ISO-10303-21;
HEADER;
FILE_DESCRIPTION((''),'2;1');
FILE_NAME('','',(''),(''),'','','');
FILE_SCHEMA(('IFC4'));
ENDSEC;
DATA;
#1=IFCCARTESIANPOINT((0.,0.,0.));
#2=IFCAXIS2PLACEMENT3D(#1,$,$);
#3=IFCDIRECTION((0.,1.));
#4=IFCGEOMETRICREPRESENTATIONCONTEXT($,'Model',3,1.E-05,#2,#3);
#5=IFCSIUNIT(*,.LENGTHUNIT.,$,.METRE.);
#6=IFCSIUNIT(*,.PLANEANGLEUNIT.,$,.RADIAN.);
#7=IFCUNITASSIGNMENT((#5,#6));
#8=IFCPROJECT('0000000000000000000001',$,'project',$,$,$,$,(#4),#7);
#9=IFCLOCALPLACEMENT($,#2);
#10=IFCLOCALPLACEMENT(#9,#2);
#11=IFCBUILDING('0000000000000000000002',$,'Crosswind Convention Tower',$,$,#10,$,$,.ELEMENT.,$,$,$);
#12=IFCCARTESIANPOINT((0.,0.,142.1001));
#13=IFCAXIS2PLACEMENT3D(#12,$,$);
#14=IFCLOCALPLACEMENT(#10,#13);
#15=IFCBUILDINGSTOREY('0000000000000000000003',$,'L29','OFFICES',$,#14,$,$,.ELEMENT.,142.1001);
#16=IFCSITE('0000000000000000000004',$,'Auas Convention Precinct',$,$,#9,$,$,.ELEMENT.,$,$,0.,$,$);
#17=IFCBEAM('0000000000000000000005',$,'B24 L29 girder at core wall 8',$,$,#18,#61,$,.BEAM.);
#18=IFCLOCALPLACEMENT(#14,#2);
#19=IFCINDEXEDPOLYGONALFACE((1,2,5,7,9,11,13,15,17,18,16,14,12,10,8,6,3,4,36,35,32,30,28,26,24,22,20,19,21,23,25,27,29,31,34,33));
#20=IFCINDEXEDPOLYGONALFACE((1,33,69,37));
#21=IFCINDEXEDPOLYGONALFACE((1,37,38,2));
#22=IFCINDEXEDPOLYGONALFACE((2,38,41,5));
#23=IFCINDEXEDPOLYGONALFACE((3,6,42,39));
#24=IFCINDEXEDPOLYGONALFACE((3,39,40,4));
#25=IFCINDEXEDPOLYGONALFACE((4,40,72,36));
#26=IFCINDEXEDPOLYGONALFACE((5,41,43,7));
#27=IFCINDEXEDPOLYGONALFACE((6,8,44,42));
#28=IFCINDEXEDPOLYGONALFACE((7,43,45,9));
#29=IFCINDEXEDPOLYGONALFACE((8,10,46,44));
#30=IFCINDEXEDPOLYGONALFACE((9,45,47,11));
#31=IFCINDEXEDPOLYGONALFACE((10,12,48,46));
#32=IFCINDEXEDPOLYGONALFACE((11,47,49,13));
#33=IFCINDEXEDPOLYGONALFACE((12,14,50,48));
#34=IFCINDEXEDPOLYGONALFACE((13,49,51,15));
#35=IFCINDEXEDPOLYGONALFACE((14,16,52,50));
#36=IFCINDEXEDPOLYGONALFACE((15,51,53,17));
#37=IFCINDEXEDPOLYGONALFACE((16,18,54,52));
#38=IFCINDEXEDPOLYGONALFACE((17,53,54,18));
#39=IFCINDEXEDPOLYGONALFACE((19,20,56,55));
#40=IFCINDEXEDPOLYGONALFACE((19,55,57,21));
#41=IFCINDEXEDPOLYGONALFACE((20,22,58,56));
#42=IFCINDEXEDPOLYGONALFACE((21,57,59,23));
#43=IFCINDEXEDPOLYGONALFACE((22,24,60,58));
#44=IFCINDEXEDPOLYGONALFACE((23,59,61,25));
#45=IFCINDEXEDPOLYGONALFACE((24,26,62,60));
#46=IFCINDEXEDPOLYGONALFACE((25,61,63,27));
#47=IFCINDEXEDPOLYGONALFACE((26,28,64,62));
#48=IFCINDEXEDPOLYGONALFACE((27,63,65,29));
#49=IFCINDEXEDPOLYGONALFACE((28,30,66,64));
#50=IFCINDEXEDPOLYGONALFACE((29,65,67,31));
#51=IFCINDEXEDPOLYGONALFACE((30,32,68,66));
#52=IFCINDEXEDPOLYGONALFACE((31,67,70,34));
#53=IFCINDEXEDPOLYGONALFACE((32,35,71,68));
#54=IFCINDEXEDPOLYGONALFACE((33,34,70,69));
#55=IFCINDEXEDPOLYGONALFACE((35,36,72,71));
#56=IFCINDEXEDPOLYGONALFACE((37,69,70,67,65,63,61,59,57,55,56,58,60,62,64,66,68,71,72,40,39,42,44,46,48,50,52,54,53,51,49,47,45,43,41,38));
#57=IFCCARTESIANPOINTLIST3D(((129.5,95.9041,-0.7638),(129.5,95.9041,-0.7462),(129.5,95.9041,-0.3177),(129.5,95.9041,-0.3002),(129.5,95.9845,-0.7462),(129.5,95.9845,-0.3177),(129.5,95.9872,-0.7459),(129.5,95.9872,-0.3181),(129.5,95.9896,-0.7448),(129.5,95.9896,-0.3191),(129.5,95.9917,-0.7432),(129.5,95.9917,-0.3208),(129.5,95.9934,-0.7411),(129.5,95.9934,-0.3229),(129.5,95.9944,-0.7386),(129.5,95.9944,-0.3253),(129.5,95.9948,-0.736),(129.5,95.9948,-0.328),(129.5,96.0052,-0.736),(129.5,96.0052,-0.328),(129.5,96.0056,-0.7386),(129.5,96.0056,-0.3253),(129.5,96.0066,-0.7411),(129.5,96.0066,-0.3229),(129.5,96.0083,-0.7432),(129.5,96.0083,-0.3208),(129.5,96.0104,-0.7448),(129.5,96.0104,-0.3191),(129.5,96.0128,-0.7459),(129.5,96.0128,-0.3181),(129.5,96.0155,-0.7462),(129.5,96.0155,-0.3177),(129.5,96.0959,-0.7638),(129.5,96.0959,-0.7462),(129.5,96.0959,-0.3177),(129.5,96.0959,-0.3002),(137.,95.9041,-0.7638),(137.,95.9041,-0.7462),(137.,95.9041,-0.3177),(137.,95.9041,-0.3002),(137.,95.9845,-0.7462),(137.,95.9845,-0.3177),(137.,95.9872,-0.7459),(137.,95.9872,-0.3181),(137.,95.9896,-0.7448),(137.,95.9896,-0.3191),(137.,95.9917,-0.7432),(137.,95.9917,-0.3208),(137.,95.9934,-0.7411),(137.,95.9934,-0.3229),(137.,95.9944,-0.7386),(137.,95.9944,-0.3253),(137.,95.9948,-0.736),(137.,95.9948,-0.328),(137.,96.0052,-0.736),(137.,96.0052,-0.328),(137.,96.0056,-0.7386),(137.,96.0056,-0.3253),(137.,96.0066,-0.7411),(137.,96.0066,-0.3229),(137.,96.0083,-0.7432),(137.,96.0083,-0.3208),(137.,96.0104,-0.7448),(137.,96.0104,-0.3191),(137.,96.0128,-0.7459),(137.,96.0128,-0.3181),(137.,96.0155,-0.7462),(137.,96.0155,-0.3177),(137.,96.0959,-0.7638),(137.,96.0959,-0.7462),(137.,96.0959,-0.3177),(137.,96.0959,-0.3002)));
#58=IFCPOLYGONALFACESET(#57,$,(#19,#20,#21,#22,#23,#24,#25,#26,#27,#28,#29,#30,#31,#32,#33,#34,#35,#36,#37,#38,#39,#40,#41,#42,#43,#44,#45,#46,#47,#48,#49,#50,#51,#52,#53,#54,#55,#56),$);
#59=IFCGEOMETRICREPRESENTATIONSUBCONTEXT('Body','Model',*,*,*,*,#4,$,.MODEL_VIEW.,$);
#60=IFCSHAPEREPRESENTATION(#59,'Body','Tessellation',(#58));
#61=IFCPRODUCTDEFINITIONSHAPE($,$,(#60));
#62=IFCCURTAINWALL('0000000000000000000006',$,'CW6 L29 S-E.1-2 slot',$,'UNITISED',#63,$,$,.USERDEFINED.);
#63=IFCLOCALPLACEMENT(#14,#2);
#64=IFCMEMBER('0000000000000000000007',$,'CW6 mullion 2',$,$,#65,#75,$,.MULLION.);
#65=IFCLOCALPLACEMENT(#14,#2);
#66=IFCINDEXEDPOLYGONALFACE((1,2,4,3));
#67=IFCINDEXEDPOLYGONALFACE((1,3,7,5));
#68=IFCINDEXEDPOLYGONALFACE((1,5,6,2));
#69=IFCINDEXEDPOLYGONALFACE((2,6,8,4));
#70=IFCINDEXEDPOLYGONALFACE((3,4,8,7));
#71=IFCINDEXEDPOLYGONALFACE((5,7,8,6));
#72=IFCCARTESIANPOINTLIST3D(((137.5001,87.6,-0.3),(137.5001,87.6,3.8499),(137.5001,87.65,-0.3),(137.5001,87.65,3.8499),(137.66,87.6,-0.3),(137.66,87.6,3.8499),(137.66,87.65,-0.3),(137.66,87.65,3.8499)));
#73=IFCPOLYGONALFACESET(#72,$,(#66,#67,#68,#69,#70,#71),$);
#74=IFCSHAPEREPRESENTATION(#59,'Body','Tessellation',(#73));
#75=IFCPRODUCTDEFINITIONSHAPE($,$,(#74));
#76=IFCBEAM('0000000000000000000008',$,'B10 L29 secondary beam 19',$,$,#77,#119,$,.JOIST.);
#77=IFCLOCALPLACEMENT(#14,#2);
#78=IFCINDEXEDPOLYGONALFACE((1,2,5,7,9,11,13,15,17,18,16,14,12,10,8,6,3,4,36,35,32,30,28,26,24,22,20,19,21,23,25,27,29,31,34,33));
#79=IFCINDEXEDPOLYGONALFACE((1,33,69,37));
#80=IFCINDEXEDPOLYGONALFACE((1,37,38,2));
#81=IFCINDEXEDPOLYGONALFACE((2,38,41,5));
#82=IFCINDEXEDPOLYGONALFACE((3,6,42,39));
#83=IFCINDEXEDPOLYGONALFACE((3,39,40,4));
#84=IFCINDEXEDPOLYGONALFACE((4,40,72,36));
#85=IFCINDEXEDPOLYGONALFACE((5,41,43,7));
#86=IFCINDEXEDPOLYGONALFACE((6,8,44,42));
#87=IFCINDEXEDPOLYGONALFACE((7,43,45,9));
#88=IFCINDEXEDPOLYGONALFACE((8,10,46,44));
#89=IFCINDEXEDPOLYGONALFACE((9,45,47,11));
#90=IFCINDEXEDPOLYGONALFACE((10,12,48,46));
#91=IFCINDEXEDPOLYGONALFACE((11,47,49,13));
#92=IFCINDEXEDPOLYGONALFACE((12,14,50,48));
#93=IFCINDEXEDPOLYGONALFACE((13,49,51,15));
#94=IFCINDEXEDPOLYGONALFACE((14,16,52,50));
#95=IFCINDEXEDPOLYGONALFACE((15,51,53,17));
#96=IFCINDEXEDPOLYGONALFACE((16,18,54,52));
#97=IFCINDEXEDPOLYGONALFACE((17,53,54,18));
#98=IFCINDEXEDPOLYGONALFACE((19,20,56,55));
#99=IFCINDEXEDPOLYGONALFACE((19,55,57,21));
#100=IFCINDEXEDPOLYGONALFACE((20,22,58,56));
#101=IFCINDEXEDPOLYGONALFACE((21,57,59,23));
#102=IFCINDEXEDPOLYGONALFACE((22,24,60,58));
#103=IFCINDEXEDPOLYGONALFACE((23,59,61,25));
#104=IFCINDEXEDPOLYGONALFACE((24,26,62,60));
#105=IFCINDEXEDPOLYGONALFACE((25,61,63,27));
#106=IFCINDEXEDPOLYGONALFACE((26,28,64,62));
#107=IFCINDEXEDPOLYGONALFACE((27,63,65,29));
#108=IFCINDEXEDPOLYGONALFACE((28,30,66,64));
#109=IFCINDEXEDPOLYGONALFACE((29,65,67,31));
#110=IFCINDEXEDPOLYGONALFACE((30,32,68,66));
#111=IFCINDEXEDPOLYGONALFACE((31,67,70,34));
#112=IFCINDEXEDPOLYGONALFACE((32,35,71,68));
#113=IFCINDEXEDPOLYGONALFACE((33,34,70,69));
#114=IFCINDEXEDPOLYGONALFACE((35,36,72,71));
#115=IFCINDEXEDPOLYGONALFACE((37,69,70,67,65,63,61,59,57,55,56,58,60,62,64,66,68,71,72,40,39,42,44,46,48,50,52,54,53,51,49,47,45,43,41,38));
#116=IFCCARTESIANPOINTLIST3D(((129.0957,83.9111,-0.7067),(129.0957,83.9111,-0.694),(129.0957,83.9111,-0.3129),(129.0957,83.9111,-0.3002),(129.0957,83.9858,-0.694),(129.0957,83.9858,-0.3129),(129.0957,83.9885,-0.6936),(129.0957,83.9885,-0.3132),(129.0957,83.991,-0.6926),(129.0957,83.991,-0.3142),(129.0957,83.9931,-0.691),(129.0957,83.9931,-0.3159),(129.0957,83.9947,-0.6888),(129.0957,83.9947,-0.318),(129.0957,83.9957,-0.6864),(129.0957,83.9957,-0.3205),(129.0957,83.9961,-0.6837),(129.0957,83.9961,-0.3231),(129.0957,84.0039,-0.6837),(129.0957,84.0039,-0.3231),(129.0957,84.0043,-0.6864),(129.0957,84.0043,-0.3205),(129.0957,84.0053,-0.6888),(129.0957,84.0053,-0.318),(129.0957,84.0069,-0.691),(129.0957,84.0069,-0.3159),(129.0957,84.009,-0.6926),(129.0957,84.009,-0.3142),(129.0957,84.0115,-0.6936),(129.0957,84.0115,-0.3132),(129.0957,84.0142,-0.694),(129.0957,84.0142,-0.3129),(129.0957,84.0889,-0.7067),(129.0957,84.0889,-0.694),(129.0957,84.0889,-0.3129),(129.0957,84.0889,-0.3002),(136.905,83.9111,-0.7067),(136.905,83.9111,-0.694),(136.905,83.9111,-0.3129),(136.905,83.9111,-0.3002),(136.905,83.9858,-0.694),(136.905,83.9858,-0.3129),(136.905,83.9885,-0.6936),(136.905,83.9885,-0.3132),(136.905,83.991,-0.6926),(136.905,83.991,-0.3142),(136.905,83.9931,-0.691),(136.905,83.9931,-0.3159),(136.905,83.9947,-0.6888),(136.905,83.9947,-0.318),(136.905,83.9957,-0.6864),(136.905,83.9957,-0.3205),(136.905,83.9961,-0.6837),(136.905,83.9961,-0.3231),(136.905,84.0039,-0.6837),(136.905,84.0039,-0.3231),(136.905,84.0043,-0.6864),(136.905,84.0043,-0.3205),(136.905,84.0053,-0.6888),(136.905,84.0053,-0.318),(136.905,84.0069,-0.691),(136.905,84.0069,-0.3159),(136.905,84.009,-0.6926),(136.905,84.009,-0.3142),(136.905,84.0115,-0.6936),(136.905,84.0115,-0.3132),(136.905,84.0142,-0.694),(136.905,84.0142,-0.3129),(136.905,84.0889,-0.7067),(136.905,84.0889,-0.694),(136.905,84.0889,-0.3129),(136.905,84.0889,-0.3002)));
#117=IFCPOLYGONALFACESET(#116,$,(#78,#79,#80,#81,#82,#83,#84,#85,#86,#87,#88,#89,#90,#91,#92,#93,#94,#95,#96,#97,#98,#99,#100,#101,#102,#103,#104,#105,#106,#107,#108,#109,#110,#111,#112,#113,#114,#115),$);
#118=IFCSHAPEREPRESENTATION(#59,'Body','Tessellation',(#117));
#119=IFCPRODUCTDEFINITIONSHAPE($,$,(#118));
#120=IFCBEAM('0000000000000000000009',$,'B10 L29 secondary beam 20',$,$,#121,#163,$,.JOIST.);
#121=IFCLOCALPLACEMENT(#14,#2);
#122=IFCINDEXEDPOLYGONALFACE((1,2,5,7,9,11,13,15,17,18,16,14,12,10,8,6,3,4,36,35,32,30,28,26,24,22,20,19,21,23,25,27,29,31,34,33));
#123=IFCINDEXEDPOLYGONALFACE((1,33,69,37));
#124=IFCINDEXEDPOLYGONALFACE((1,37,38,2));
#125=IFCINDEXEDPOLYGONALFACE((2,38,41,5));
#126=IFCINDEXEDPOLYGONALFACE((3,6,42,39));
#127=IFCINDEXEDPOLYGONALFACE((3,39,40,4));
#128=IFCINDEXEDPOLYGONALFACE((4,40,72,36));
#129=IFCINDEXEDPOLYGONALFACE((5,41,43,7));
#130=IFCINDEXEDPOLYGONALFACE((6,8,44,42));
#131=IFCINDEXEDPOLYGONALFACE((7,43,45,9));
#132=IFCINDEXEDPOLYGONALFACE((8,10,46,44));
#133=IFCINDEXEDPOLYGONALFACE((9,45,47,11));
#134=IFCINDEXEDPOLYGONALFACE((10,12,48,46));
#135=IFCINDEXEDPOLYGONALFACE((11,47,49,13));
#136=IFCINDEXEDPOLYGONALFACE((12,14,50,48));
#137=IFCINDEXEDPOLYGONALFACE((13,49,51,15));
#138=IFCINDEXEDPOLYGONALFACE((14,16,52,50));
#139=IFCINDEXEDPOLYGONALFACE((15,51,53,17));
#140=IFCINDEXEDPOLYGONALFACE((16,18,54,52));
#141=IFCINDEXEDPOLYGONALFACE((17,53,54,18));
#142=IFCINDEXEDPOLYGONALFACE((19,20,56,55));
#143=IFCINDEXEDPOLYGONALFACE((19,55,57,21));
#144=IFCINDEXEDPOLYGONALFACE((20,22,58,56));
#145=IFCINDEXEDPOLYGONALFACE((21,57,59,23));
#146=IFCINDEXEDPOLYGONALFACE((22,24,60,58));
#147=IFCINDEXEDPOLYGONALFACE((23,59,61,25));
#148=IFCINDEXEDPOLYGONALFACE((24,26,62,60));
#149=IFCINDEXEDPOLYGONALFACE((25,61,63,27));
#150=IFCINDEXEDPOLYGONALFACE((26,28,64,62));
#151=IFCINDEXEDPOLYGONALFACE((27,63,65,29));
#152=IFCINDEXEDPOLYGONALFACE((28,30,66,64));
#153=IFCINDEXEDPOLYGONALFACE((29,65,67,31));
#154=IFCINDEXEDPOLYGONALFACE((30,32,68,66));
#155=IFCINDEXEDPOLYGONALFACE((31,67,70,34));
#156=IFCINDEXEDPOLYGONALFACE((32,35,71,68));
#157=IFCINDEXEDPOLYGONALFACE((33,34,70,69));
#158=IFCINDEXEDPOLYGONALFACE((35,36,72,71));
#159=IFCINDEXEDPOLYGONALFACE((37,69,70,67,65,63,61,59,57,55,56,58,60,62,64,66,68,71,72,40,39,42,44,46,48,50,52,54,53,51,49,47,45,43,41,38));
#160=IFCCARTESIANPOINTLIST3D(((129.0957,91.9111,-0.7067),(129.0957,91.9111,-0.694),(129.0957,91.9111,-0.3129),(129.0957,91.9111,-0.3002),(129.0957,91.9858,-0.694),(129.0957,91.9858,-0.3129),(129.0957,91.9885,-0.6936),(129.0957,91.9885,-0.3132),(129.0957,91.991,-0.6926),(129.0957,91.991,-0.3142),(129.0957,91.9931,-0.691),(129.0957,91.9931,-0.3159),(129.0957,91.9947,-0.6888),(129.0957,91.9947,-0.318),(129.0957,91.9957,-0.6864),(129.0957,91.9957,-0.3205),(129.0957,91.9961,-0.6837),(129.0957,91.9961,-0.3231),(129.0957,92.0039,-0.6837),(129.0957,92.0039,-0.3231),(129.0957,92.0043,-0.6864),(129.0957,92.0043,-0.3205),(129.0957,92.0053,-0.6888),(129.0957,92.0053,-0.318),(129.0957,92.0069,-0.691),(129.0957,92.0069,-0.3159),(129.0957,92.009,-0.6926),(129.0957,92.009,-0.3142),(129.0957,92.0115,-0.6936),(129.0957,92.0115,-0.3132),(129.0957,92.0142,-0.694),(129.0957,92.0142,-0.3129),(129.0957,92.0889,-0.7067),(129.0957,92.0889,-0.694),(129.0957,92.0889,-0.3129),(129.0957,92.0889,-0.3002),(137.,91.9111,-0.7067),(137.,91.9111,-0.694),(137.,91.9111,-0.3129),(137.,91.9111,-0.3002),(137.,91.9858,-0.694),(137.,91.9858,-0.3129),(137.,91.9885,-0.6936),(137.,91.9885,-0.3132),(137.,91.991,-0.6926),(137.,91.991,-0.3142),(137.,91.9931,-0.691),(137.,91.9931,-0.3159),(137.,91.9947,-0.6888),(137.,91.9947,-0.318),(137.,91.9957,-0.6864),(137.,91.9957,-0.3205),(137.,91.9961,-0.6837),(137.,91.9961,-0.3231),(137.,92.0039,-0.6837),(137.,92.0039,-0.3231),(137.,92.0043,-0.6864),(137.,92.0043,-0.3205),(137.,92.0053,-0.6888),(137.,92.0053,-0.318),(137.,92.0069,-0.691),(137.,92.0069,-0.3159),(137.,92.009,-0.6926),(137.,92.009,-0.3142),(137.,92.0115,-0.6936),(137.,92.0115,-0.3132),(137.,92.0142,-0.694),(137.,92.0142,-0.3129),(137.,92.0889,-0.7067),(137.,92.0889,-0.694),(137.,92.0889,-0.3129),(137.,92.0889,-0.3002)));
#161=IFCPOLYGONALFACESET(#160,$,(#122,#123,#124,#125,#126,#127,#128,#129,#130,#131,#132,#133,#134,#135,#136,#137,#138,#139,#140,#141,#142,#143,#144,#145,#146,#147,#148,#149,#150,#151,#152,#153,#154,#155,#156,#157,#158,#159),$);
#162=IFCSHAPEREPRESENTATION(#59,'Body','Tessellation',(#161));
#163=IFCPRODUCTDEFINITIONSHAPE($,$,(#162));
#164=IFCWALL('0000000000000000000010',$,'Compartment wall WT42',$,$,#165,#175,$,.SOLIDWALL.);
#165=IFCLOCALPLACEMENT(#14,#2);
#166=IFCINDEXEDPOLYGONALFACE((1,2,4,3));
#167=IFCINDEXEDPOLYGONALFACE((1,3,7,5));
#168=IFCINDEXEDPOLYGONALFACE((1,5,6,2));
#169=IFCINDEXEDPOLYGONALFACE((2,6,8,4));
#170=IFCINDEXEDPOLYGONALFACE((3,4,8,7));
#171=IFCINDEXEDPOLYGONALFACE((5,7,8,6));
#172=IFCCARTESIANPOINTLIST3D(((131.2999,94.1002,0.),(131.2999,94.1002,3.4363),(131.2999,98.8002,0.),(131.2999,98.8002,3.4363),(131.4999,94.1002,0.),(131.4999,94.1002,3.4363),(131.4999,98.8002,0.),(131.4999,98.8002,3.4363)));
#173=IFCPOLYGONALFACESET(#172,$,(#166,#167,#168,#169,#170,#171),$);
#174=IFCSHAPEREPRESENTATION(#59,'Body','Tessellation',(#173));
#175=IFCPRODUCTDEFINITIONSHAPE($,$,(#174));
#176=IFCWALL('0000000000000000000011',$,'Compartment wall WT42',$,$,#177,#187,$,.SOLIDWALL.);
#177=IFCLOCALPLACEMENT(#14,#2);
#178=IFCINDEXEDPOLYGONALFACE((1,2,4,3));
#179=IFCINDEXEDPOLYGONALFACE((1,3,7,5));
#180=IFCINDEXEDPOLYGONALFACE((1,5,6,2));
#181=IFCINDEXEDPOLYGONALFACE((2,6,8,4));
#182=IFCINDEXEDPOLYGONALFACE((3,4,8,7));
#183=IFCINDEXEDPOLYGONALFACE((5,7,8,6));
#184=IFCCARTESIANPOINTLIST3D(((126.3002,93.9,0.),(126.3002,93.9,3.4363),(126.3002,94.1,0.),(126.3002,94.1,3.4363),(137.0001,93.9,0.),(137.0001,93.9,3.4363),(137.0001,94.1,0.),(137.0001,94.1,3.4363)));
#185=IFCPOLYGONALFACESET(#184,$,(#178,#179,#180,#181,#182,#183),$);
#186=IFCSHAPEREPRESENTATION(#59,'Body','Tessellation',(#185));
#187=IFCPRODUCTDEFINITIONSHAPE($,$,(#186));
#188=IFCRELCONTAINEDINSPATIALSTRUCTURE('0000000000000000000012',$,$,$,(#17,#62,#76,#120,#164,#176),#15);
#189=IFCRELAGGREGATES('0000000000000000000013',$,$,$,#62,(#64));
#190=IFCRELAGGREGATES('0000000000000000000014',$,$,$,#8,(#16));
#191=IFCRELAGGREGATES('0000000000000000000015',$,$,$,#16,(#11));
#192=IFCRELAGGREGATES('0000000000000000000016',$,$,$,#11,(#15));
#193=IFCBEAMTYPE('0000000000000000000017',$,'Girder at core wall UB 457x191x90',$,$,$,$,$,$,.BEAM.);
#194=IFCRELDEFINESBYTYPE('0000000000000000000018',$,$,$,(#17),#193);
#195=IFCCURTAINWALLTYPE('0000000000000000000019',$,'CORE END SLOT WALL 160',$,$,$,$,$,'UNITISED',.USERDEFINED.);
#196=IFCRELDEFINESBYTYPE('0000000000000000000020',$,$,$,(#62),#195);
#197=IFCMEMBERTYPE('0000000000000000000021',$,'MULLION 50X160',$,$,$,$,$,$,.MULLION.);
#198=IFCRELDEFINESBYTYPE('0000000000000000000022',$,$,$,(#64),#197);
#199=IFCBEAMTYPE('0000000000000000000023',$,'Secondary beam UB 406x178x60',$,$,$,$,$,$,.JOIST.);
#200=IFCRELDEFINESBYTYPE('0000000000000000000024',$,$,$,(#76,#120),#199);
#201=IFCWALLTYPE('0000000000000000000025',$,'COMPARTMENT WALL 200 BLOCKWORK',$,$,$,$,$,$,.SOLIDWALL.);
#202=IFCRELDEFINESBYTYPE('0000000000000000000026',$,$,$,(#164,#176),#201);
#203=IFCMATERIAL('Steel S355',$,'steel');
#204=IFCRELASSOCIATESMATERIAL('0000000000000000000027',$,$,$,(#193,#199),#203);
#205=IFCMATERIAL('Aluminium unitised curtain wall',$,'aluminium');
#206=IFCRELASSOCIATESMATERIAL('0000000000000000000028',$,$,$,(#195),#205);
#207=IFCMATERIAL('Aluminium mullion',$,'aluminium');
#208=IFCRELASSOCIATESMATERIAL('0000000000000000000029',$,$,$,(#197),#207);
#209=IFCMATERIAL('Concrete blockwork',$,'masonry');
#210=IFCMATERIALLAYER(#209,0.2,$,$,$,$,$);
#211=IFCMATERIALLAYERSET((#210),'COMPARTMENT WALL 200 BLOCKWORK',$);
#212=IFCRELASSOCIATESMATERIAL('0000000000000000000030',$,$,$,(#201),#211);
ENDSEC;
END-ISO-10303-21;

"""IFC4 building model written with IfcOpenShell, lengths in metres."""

from ifc_helpers import new_model, si_unit, direction, frame, frame_2d, origin, origin_2d, place, context, subcontext, project, spatial, rectangle, i_section, extrude, material, layer, layer_set, material_profile, profile_set, type_object, element, aggregate, save


model = new_model("IFC4")

# Units and contexts
model_context = context("Model", 3, precision=1e-05, world=origin(), true_north=direction((0.0, 1.0)))
body_context = subcontext(model_context, "Body", "Model", "MODEL_VIEW")
ifc_project = project(units=[si_unit("LENGTHUNIT", "METRE"), si_unit("PLANEANGLEUNIT", "RADIAN")], contexts=[model_context])

# Site, building, storey
site_placement = place(None, origin())
site = spatial("IfcSite", under=ifc_project, at=site_placement, Name="Auas Convention Precinct", CompositionType="ELEMENT", RefElevation=0.0)
building_placement = place(site_placement, origin())
building = spatial("IfcBuilding", under=site, at=building_placement, Name="Crosswind Convention Tower", CompositionType="ELEMENT")
storey_placement = place(building_placement, frame((0.0, 0.0, 142.1001)))
storey = spatial("IfcBuildingStorey", under=building, at=storey_placement, Name="L29", Description="OFFICES", CompositionType="ELEMENT", Elevation=142.1001)

# Beam
ifc_material_1 = material(Name="Steel S355", Category="steel")
ifc_material_profile_1 = material_profile(ifc_material_1, i_section(OverallWidth=0.1919, OverallDepth=0.4636, WebThickness=0.0105, FlangeThickness=0.0176, FilletRadius=0.0103, at=origin_2d()), Name="UB 457x191x90")
ifc_profile_set_1 = profile_set([ifc_material_profile_1], Name="Steel S355")
beam_type_1 = type_object("IfcBeamType", Name="Girder at core wall UB 457x191x90", PredefinedType="BEAM", material=ifc_profile_set_1)
for number, where, z_axis, x_axis, name in (
    (1, (129.5, 96.0, -0.532), (1.0, 0.0, 0.0), (0.0, 1.0, 0.0), "B24 L29 girder at core wall 8"),
):
    element("IfcBeam", number, at=place(storey_placement, frame(where, z_axis=z_axis, x_axis=x_axis)), inside=storey, type_object=beam_type_1, Name=name, PredefinedType="BEAM", context=body_context, shape_type="SweptSolid", body=[
        extrude(i_section(OverallWidth=0.1919, OverallDepth=0.4636, WebThickness=0.0105, FlangeThickness=0.0176, FilletRadius=0.0103, at=origin_2d()), origin(), (0.0, 0.0, 1.0), 7.5),
    ])

# Curtain wall, member
ifc_material_2 = material(Name="Aluminium unitised curtain wall", Category="aluminium")
curtain_wall_type = type_object("IfcCurtainWallType", Name="CORE END SLOT WALL 160", ElementType="UNITISED", PredefinedType="USERDEFINED", material=ifc_material_2)
curtain_wall_placement = place(storey_placement, origin())
curtain_wall = element("IfcCurtainWall", 2, at=curtain_wall_placement, inside=storey, type_object=curtain_wall_type, Name="CW6 L29 S-E.1-2 slot", ObjectType="UNITISED", PredefinedType="USERDEFINED")
ifc_material_3 = material(Name="Aluminium mullion", Category="aluminium")
ifc_material_profile_2 = material_profile(ifc_material_3, rectangle(XDim=0.1599, YDim=0.05, at=origin_2d()), Name="AL 160X50")
ifc_profile_set_2 = profile_set([ifc_material_profile_2], Name="Aluminium mullion")
member_type = type_object("IfcMemberType", Name="MULLION 50X160", PredefinedType="MULLION", material=ifc_profile_set_2)
member_placement = place(storey_placement, frame((137.5801, 87.625, -0.3), z_axis=(0.0, 0.0, 1.0), x_axis=(1.0, 0.0, 0.0)))
member = element("IfcMember", 3, at=member_placement, type_object=member_type, Name="CW6 mullion 2", PredefinedType="MULLION", context=body_context, shape_type="SweptSolid", body=[
    extrude(rectangle(XDim=0.1599, YDim=0.05, at=origin_2d()), origin(), (0.0, 0.0, 1.0), 4.1499),
])
aggregate(curtain_wall, [member])

# Beams
ifc_material_profile_3 = material_profile(ifc_material_1, i_section(OverallWidth=0.1777, OverallDepth=0.4065, WebThickness=0.0078, FlangeThickness=0.0127, FilletRadius=0.0103, at=origin_2d()), Name="UB 406x178x60")
ifc_profile_set_3 = profile_set([ifc_material_profile_3], Name="Steel S355")
beam_type_2 = type_object("IfcBeamType", Name="Secondary beam UB 406x178x60", PredefinedType="JOIST", material=ifc_profile_set_3)
beam_1_placement = place(storey_placement, frame((129.0957, 84.0, -0.5034), z_axis=(1.0, 0.0, 0.0), x_axis=(0.0, 1.0, 0.0)))
element("IfcBeam", 4, at=beam_1_placement, inside=storey, type_object=beam_type_2, Name="B10 L29 secondary beam 19", PredefinedType="JOIST", context=body_context, shape_type="SweptSolid", body=[
    extrude(i_section(OverallWidth=0.1777, OverallDepth=0.4065, WebThickness=0.0078, FlangeThickness=0.0127, FilletRadius=0.0103, at=origin_2d()), origin(), (0.0, 0.0, 1.0), 7.8093),
])
beam_2_placement = place(storey_placement, frame((129.0957, 92.0, -0.5034), z_axis=(1.0, 0.0, 0.0), x_axis=(0.0, 1.0, 0.0)))
element("IfcBeam", 5, at=beam_2_placement, inside=storey, type_object=beam_type_2, Name="B10 L29 secondary beam 20", PredefinedType="JOIST", context=body_context, shape_type="SweptSolid", body=[
    extrude(i_section(OverallWidth=0.1777, OverallDepth=0.4065, WebThickness=0.0078, FlangeThickness=0.0127, FilletRadius=0.0103, at=origin_2d()), origin(), (0.0, 0.0, 1.0), 7.9043),
])

# Walls
ifc_material_4 = material(Name="Concrete blockwork", Category="masonry")
ifc_layer_1 = layer(ifc_material_4, 0.2)
ifc_layer_set_1 = layer_set([ifc_layer_1], Name="COMPARTMENT WALL 200 BLOCKWORK")
wall_type_1 = type_object("IfcWallType", Name="COMPARTMENT WALL 200 BLOCKWORK", PredefinedType="SOLIDWALL", material=ifc_layer_set_1)
wall_1_placement = place(storey_placement, frame((131.3999, 94.1001, 0.0), z_axis=(0.0, 0.0, 1.0), x_axis=(0.0, 1.0, 0.0)))
element("IfcWall", 6, at=wall_1_placement, inside=storey, type_object=wall_type_1, Name="Compartment wall WT42", PredefinedType="SOLIDWALL", context=body_context, shape_type="SweptSolid", body=[
    extrude(rectangle(XDim=4.7, YDim=0.2, at=frame_2d((2.3501, 0.0))), origin(), (0.0, 0.0, 1.0), 3.4363),
])
wall_2_placement = place(storey_placement, frame((126.3, 94.0, 0.0), z_axis=(0.0, 0.0, 1.0), x_axis=(1.0, 0.0, 0.0)))
element("IfcWall", 7, at=wall_2_placement, inside=storey, type_object=wall_type_1, Name="Compartment wall WT42", PredefinedType="SOLIDWALL", context=body_context, shape_type="SweptSolid", body=[
    extrude(rectangle(XDim=10.7, YDim=0.2, at=frame_2d((5.3501, 0.0))), origin(), (0.0, 0.0, 1.0), 3.4363),
])

save(model, "model.ifc")
